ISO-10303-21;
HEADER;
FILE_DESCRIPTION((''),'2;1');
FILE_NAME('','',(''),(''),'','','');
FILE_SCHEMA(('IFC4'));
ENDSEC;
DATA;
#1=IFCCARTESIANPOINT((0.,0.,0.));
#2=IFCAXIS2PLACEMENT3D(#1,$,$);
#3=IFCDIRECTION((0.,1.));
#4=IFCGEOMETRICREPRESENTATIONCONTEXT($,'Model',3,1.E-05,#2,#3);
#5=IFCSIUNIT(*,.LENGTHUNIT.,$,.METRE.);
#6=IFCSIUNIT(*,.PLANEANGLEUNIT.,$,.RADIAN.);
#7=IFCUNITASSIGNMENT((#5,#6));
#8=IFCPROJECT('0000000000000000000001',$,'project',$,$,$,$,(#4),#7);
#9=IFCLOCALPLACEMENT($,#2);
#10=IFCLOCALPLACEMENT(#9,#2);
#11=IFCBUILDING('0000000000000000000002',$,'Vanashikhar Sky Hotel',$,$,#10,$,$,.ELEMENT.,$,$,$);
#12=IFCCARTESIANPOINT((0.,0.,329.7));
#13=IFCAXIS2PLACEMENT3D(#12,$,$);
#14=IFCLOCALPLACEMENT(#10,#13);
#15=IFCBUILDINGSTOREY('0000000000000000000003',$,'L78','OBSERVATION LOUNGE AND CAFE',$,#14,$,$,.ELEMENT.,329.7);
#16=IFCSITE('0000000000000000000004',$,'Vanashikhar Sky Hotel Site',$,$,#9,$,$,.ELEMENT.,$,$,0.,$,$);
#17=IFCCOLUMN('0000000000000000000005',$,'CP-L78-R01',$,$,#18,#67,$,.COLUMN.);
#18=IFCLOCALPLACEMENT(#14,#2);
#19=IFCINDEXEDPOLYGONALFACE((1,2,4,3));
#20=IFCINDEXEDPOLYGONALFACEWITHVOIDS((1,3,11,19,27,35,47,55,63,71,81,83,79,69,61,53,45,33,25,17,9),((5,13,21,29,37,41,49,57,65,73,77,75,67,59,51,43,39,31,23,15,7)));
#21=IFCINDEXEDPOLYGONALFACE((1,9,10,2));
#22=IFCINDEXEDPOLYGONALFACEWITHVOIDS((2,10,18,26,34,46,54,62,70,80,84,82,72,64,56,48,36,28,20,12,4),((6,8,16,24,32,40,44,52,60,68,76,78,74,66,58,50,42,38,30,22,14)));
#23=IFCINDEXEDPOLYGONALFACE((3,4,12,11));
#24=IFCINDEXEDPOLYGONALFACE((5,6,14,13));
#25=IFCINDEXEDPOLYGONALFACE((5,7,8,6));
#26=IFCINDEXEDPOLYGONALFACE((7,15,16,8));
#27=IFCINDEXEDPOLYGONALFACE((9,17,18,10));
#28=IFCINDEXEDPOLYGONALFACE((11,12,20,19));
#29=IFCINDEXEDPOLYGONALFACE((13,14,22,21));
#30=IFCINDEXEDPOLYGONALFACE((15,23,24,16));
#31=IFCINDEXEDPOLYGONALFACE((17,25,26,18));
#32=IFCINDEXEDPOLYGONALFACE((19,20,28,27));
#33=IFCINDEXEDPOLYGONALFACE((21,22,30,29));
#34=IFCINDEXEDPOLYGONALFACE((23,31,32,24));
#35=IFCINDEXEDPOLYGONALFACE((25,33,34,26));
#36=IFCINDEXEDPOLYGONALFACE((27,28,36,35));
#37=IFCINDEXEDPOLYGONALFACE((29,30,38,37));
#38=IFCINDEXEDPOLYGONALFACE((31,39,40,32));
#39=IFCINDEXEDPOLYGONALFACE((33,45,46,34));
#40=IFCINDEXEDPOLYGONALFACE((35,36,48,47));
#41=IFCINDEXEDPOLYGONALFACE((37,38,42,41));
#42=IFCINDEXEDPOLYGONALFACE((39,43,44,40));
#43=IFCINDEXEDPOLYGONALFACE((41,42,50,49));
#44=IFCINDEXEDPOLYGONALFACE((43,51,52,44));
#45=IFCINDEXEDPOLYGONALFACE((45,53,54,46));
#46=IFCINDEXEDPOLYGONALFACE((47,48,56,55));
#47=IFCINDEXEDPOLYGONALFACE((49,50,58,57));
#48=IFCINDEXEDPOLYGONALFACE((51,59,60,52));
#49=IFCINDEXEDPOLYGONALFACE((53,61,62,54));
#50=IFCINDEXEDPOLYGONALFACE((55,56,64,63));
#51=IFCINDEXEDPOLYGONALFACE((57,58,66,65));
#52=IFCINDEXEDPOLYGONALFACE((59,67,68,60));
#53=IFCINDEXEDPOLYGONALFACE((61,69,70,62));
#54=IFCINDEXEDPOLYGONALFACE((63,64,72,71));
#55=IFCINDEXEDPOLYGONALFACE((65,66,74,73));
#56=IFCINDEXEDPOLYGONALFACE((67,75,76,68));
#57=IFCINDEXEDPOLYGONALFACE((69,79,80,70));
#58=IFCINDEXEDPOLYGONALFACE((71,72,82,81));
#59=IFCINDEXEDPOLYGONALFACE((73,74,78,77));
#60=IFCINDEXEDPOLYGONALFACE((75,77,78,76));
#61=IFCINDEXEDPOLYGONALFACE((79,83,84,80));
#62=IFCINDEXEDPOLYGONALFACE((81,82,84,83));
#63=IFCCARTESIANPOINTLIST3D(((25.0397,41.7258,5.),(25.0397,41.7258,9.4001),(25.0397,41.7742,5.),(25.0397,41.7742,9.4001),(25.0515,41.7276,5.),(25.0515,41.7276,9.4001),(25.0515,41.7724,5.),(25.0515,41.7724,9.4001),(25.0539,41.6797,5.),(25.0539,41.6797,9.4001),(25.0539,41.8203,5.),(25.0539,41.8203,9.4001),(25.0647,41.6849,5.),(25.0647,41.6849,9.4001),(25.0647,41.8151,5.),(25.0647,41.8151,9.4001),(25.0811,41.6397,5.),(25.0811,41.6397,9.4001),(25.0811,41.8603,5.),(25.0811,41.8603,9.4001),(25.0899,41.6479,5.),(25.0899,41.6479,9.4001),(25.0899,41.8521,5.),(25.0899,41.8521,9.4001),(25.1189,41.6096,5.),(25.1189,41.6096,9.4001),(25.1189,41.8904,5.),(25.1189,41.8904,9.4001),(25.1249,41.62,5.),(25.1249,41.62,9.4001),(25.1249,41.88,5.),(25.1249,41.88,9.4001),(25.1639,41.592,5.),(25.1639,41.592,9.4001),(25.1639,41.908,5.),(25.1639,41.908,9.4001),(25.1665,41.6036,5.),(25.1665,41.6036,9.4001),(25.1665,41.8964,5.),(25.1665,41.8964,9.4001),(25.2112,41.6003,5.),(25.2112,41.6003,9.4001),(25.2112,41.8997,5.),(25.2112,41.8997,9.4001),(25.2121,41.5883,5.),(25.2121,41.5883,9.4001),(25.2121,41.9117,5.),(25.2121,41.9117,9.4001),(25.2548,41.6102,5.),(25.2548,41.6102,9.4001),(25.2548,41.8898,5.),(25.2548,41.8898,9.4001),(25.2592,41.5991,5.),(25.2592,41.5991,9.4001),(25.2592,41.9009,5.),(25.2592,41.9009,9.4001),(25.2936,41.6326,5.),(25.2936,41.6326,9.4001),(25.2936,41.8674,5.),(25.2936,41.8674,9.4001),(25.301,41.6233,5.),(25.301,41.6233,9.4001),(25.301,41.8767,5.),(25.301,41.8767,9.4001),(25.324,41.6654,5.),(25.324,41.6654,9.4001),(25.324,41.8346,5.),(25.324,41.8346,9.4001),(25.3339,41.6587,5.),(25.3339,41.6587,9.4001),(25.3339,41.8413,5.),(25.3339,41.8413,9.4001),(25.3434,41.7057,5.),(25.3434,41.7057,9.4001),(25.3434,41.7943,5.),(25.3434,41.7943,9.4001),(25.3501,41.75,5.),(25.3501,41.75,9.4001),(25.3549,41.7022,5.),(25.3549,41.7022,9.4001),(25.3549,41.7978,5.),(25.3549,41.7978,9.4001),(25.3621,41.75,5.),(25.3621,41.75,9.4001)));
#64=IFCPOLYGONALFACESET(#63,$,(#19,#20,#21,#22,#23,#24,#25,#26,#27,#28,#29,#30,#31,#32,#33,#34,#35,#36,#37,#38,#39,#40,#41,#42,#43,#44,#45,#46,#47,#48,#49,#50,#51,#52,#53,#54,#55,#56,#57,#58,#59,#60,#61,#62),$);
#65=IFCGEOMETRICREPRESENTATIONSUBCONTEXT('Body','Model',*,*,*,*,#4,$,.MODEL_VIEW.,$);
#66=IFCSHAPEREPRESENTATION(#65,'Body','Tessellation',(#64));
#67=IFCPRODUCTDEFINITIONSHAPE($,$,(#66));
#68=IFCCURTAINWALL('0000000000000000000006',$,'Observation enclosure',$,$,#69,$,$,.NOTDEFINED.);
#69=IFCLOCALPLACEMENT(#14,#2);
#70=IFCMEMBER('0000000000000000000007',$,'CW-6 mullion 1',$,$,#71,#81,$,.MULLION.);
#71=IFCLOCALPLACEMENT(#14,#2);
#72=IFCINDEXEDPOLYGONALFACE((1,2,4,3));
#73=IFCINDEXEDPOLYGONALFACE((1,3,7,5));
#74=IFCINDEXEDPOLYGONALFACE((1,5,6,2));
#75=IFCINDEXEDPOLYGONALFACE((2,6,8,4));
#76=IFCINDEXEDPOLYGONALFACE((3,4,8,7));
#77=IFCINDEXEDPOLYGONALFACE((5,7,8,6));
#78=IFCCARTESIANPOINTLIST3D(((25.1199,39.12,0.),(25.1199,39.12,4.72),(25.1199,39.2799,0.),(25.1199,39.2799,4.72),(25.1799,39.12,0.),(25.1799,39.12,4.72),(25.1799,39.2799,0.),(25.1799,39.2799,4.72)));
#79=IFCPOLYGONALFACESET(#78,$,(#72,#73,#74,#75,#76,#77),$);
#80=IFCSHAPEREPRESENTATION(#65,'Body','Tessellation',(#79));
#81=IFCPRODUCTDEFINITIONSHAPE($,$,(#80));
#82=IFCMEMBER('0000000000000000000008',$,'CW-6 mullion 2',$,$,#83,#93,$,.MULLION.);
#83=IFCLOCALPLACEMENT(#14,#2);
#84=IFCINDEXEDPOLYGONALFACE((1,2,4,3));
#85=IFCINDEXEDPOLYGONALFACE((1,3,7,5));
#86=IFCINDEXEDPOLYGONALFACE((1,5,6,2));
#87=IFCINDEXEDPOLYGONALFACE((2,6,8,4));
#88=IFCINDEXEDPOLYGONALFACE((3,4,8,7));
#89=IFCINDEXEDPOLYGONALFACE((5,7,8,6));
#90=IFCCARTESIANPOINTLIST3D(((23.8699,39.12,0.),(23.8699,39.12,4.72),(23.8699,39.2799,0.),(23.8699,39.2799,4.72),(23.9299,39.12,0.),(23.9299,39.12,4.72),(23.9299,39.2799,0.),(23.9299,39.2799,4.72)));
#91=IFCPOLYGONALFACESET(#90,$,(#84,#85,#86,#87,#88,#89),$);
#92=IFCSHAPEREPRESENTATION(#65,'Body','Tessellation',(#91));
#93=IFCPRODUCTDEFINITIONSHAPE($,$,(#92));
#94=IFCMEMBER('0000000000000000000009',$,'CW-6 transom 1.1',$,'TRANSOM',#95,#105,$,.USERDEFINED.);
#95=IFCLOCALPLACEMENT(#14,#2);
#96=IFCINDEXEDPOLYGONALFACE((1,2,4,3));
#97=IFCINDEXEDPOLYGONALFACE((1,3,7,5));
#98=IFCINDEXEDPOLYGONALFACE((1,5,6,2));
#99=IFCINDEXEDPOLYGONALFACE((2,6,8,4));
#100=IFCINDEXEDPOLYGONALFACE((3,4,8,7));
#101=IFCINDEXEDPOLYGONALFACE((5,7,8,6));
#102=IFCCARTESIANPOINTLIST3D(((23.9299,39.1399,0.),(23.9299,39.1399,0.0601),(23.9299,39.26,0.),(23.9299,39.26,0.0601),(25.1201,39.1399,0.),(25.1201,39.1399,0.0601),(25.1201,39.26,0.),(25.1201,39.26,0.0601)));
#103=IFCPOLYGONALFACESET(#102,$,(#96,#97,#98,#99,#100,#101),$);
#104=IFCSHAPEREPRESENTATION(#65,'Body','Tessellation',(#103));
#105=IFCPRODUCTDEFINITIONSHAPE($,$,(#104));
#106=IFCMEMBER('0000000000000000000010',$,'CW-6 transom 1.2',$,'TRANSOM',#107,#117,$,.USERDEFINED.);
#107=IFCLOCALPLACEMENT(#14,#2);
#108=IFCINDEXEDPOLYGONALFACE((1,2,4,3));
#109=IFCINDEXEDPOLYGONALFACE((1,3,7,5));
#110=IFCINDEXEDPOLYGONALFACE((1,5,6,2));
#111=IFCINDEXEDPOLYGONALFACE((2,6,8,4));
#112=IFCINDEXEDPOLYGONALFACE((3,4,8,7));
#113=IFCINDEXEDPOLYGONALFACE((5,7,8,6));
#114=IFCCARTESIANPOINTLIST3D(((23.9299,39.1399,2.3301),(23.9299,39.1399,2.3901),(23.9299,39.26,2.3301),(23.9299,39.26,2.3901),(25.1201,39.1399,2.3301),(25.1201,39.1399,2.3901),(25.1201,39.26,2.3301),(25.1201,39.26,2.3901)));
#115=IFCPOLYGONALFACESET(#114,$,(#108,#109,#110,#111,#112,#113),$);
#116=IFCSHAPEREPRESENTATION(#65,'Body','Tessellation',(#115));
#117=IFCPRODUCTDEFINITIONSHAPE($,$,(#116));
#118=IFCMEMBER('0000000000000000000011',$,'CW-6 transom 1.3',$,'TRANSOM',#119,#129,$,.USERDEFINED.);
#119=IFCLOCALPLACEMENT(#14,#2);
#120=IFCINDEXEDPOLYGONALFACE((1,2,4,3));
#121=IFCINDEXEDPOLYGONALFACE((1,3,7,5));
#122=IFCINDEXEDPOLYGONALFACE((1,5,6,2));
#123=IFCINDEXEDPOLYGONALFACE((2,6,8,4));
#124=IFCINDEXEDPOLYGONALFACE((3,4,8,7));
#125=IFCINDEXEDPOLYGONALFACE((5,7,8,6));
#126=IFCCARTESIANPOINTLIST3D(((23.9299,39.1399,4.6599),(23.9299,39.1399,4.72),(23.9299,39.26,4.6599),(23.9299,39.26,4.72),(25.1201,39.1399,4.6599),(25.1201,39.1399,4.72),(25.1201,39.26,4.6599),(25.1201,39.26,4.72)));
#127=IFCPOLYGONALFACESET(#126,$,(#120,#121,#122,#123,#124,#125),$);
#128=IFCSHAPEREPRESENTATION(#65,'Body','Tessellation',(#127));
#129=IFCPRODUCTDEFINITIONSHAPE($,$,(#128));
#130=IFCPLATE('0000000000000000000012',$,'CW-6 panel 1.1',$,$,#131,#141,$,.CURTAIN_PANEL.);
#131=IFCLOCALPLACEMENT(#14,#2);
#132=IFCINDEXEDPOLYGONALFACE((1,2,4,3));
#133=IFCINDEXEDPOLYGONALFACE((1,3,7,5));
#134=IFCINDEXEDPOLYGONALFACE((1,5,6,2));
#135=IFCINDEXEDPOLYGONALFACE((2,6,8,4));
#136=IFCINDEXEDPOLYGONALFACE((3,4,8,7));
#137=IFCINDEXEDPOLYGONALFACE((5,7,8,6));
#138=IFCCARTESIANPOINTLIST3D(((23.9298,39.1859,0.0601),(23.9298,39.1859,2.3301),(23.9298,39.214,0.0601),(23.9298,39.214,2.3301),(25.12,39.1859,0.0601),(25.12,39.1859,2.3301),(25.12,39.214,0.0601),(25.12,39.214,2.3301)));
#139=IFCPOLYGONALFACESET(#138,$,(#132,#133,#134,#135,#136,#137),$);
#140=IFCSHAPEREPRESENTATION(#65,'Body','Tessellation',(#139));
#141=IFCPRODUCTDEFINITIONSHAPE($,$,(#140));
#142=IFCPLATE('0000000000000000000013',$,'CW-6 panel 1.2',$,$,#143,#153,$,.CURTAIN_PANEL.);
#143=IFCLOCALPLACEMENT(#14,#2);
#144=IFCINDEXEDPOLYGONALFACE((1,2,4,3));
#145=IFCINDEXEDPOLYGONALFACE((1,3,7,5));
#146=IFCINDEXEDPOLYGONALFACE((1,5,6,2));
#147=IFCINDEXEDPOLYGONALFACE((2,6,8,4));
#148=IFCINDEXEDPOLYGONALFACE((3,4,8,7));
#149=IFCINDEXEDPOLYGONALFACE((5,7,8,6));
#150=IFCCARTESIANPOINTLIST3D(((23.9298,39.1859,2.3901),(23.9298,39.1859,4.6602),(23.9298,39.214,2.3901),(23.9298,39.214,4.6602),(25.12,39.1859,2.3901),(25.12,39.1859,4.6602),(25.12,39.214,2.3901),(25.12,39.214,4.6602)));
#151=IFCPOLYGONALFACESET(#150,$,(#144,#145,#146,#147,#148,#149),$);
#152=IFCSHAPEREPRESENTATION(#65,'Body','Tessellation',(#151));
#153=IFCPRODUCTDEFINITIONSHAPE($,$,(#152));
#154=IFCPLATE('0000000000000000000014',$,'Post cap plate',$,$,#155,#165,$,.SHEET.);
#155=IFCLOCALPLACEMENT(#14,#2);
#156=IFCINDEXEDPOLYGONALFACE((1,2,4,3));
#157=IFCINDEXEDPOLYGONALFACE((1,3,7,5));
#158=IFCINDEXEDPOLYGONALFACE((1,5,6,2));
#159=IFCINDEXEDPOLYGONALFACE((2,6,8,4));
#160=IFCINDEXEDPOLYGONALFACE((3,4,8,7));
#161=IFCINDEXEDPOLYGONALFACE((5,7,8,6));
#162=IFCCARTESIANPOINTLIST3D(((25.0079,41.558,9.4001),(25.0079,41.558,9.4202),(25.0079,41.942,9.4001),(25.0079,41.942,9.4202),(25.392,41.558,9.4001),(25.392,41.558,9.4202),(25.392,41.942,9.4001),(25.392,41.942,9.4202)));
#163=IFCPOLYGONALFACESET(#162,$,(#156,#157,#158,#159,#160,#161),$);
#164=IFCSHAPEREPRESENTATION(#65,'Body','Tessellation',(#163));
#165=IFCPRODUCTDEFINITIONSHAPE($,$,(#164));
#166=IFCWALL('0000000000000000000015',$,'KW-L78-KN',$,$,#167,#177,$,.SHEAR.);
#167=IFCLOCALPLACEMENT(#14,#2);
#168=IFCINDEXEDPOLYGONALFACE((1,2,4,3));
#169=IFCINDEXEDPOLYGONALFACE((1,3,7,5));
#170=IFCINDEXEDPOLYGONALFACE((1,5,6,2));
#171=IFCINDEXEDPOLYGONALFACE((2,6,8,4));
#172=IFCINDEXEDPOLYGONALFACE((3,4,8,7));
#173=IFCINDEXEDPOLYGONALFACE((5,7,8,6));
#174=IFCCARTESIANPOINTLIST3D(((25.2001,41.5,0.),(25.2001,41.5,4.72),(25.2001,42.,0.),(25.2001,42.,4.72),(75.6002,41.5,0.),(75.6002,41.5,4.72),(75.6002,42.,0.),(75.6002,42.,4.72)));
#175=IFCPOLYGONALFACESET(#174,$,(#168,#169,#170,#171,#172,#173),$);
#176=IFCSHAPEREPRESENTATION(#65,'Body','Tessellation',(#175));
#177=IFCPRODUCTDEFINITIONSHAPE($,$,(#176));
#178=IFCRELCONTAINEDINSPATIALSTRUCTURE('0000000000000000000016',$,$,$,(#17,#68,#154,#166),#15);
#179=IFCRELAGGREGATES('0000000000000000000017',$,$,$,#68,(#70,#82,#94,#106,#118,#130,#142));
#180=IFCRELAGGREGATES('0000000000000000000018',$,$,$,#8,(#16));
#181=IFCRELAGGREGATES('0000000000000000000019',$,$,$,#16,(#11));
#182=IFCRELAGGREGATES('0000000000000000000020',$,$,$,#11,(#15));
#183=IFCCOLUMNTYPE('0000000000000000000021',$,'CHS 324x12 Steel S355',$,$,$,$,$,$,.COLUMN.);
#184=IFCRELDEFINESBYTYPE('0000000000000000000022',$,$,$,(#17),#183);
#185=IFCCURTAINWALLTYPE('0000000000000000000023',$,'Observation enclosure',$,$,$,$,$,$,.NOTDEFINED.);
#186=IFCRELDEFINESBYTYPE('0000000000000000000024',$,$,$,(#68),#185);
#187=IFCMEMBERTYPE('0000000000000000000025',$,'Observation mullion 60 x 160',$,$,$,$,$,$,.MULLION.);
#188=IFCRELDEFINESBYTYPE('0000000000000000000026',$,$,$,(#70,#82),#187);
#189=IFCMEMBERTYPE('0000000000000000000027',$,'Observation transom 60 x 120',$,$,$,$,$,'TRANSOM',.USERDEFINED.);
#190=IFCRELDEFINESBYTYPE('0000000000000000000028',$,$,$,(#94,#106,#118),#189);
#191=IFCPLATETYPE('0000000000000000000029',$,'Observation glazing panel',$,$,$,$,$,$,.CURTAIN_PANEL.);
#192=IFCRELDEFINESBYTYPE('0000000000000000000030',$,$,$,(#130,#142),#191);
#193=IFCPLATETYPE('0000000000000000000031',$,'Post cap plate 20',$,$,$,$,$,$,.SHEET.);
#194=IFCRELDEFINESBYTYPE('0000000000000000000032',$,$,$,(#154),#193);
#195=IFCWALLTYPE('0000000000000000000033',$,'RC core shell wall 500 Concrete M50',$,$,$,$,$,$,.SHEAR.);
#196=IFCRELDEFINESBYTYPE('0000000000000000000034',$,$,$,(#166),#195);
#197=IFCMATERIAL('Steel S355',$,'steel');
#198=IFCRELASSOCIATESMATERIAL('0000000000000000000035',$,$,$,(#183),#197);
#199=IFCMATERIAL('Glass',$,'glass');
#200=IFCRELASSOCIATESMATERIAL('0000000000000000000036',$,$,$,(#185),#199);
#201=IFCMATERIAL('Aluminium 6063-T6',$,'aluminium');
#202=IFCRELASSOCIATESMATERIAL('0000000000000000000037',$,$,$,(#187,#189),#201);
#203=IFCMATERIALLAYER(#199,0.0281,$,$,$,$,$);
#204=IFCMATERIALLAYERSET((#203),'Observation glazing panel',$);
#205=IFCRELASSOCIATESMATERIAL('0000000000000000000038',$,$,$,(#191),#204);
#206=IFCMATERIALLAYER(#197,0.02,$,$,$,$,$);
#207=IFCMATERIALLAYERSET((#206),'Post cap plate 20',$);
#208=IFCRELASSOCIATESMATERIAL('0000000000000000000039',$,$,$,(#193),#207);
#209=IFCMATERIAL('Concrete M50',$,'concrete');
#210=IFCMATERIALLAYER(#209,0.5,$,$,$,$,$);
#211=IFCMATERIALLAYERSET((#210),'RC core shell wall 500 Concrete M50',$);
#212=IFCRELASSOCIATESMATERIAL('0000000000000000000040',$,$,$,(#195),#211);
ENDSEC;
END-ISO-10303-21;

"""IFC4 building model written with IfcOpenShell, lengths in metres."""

from ifc_helpers import new_model, si_unit, direction, frame, frame_2d, origin, origin_2d, place, context, subcontext, project, spatial, rectangle, hollow_circle, extrude, source, transform, mapped, material, layer, layer_set, material_profile, profile_set, type_object, element, aggregate, save


model = new_model("IFC4")

# Units and contexts
model_context = context("Model", 3, precision=1e-05, world=origin(), true_north=direction((0.0, 1.0)))
body_context = subcontext(model_context, "Body", "Model", "MODEL_VIEW")
ifc_project = project(units=[si_unit("LENGTHUNIT", "METRE"), si_unit("PLANEANGLEUNIT", "RADIAN")], contexts=[model_context])

# Site, building, storey
site_placement = place(None, origin())
site = spatial("IfcSite", under=ifc_project, at=site_placement, Name="Vanashikhar Sky Hotel Site", CompositionType="ELEMENT", RefElevation=0.0)
building_placement = place(site_placement, origin())
building = spatial("IfcBuilding", under=site, at=building_placement, Name="Vanashikhar Sky Hotel", CompositionType="ELEMENT")
storey_placement = place(building_placement, frame((0.0, 0.0, 329.7)))
storey = spatial("IfcBuildingStorey", under=building, at=storey_placement, Name="L78", Description="OBSERVATION LOUNGE AND CAFE", CompositionType="ELEMENT", Elevation=329.7)

# Column
ifc_material_1 = material(Name="Steel S355", Category="steel")
ifc_material_profile_1 = material_profile(ifc_material_1, hollow_circle(Radius=0.1621, WallThickness=0.012, at=origin_2d()))
ifc_profile_set_1 = profile_set([ifc_material_profile_1], Name="CHS 324x12 Steel S355")
column_type = type_object("IfcColumnType", Name="CHS 324x12 Steel S355", PredefinedType="COLUMN", material=ifc_profile_set_1)
shared_shape_1 = source(origin(), body_context, "Body", "SweptSolid", [
    extrude(hollow_circle(Radius=0.1621, WallThickness=0.012, at=origin_2d()), origin(), (0.0, 0.0, 1.0), 4.4001),
])
column_placement = place(storey_placement, frame((25.2, 41.75, 5.0), z_axis=(0.0, 0.0, 1.0), x_axis=(1.0, 0.0, 0.0)))
element("IfcColumn", 1, at=column_placement, inside=storey, type_object=column_type, Name="CP-L78-R01", PredefinedType="COLUMN", context=body_context, shape_type="MappedRepresentation", body=[
    mapped(shared_shape_1, transform((0.0, 0.0, 0.0), scale=1.0)),
])

# Curtain wall, members, plates
ifc_material_2 = material(Name="Glass", Category="glass")
curtain_wall_type = type_object("IfcCurtainWallType", Name="Observation enclosure", PredefinedType="NOTDEFINED", material=ifc_material_2)
curtain_wall_placement = place(storey_placement, origin())
curtain_wall = element("IfcCurtainWall", 2, at=curtain_wall_placement, inside=storey, type_object=curtain_wall_type, Name="Observation enclosure", PredefinedType="NOTDEFINED")
ifc_material_3 = material(Name="Aluminium 6063-T6", Category="aluminium")
ifc_material_profile_2 = material_profile(ifc_material_3, rectangle(XDim=0.1599, YDim=0.0601, at=origin_2d()))
ifc_profile_set_2 = profile_set([ifc_material_profile_2], Name="Aluminium 6063-T6")
member_type_1 = type_object("IfcMemberType", Name="Observation mullion 60 x 160", PredefinedType="MULLION", material=ifc_profile_set_2)
shared_shape_2 = source(origin(), body_context, "Body", "SweptSolid", [
    extrude(rectangle(XDim=0.1599, YDim=0.0601, at=origin_2d()), origin(), (0.0, 0.0, 1.0), 4.72),
])
member_1_placement = place(storey_placement, frame((25.1499, 39.2, 0.0), z_axis=(0.0, 0.0, 1.0), x_axis=(0.0, -1.0, 0.0)))
member_1 = element("IfcMember", 3, at=member_1_placement, type_object=member_type_1, Name="CW-6 mullion 1", PredefinedType="MULLION", context=body_context, shape_type="MappedRepresentation", body=[
    mapped(shared_shape_2, transform((0.0, 0.0, 0.0), scale=1.0)),
])
member_2_placement = place(storey_placement, frame((23.8999, 39.2, 0.0), z_axis=(0.0, 0.0, 1.0), x_axis=(0.0, -1.0, 0.0)))
member_2 = element("IfcMember", 4, at=member_2_placement, type_object=member_type_1, Name="CW-6 mullion 2", PredefinedType="MULLION", context=body_context, shape_type="MappedRepresentation", body=[
    mapped(shared_shape_2, transform((0.0, 0.0, 0.0), scale=1.0)),
])
ifc_material_profile_3 = material_profile(ifc_material_3, rectangle(XDim=0.1201, YDim=0.0601, at=origin_2d()))
ifc_profile_set_3 = profile_set([ifc_material_profile_3], Name="Aluminium 6063-T6")
member_type_2 = type_object("IfcMemberType", Name="Observation transom 60 x 120", ElementType="TRANSOM", PredefinedType="USERDEFINED", material=ifc_profile_set_3)
shared_shape_3 = source(origin(), body_context, "Body", "SweptSolid", [
    extrude(rectangle(XDim=0.1201, YDim=0.0601, at=origin_2d()), origin(), (0.0, 0.0, 1.0), 1.1902),
])
member_3_placement = place(storey_placement, frame((25.1201, 39.2, 0.03), z_axis=(-1.0, 0.0, 0.0), x_axis=(0.0, -1.0, 0.0)))
member_3 = element("IfcMember", 5, at=member_3_placement, type_object=member_type_2, Name="CW-6 transom 1.1", ObjectType="TRANSOM", PredefinedType="USERDEFINED", context=body_context, shape_type="MappedRepresentation", body=[
    mapped(shared_shape_3, transform((0.0, 0.0, 0.0), scale=1.0)),
])
member_4_placement = place(storey_placement, frame((25.1201, 39.2, 2.3601), z_axis=(-1.0, 0.0, 0.0), x_axis=(0.0, -1.0, 0.0)))
member_4 = element("IfcMember", 6, at=member_4_placement, type_object=member_type_2, Name="CW-6 transom 1.2", ObjectType="TRANSOM", PredefinedType="USERDEFINED", context=body_context, shape_type="MappedRepresentation", body=[
    mapped(shared_shape_3, transform((0.0, 0.0, 0.0), scale=1.0)),
])
member_5_placement = place(storey_placement, frame((25.1201, 39.2, 4.6899), z_axis=(-1.0, 0.0, 0.0), x_axis=(0.0, -1.0, 0.0)))
member_5 = element("IfcMember", 7, at=member_5_placement, type_object=member_type_2, Name="CW-6 transom 1.3", ObjectType="TRANSOM", PredefinedType="USERDEFINED", context=body_context, shape_type="MappedRepresentation", body=[
    mapped(shared_shape_3, transform((0.0, 0.0, 0.0), scale=1.0)),
])
ifc_layer_1 = layer(ifc_material_2, 0.0281)
ifc_layer_set_1 = layer_set([ifc_layer_1], Name="Observation glazing panel")
plate_type_1 = type_object("IfcPlateType", Name="Observation glazing panel", PredefinedType="CURTAIN_PANEL", material=ifc_layer_set_1)
shared_shape_4 = source(origin(), body_context, "Body", "SweptSolid", [
    extrude(rectangle(XDim=1.1902, YDim=0.0281, at=origin_2d()), origin(), (0.0, 0.0, 1.0), 2.27),
])
plate_1_placement = place(storey_placement, frame((24.5249, 39.2, 0.0601), z_axis=(0.0, 0.0, 1.0), x_axis=(-1.0, 0.0, 0.0)))
plate_1 = element("IfcPlate", 8, at=plate_1_placement, type_object=plate_type_1, Name="CW-6 panel 1.1", PredefinedType="CURTAIN_PANEL", context=body_context, shape_type="MappedRepresentation", body=[
    mapped(shared_shape_4, transform((0.0, 0.0, 0.0), scale=1.0)),
])
plate_2_placement = place(storey_placement, frame((24.5249, 39.2, 2.3901), z_axis=(0.0, 0.0, 1.0), x_axis=(-1.0, 0.0, 0.0)))
plate_2 = element("IfcPlate", 9, at=plate_2_placement, type_object=plate_type_1, Name="CW-6 panel 1.2", PredefinedType="CURTAIN_PANEL", context=body_context, shape_type="MappedRepresentation", body=[
    mapped(shared_shape_4, transform((0.0, 0.0, 0.0), scale=1.0)),
])
aggregate(curtain_wall, [member_1, member_2, member_3, member_4, member_5, plate_1, plate_2])

# Plate
ifc_layer_2 = layer(ifc_material_1, 0.02)
ifc_layer_set_2 = layer_set([ifc_layer_2], Name="Post cap plate 20")
plate_type_2 = type_object("IfcPlateType", Name="Post cap plate 20", PredefinedType="SHEET", material=ifc_layer_set_2)
shared_shape_5 = source(origin(), body_context, "Body", "SweptSolid", [
    extrude(rectangle(XDim=0.384, YDim=0.384, at=origin_2d()), origin(), (0.0, 0.0, 1.0), 0.02),
])
plate_3_placement = place(storey_placement, frame((25.2, 41.75, 9.4001), z_axis=(0.0, 0.0, 1.0), x_axis=(1.0, 0.0, 0.0)))
element("IfcPlate", 10, at=plate_3_placement, inside=storey, type_object=plate_type_2, Name="Post cap plate", PredefinedType="SHEET", context=body_context, shape_type="MappedRepresentation", body=[
    mapped(shared_shape_5, transform((0.0, 0.0, 0.0), scale=1.0)),
])

# Wall
ifc_material_4 = material(Name="Concrete M50", Category="concrete")
ifc_layer_3 = layer(ifc_material_4, 0.5)
ifc_layer_set_3 = layer_set([ifc_layer_3], Name="RC core shell wall 500 Concrete M50")
wall_type_1 = type_object("IfcWallType", Name="RC core shell wall 500 Concrete M50", PredefinedType="SHEAR", material=ifc_layer_set_3)
shared_shape_6 = source(origin(), body_context, "Body", "SweptSolid", [
    extrude(rectangle(XDim=50.4001, YDim=0.5, at=frame_2d((25.2002, 0.0))), origin(), (0.0, 0.0, 1.0), 4.72),
])
wall_1_placement = place(storey_placement, frame((25.2, 41.75, 0.0), z_axis=(0.0, 0.0, 1.0), x_axis=(1.0, 0.0, 0.0)))
element("IfcWall", 11, at=wall_1_placement, inside=storey, type_object=wall_type_1, Name="KW-L78-KN", PredefinedType="SHEAR", context=body_context, shape_type="MappedRepresentation", body=[
    mapped(shared_shape_6, transform((0.0, 0.0, 0.0), scale=1.0)),
])

save(model, "model.ifc")
